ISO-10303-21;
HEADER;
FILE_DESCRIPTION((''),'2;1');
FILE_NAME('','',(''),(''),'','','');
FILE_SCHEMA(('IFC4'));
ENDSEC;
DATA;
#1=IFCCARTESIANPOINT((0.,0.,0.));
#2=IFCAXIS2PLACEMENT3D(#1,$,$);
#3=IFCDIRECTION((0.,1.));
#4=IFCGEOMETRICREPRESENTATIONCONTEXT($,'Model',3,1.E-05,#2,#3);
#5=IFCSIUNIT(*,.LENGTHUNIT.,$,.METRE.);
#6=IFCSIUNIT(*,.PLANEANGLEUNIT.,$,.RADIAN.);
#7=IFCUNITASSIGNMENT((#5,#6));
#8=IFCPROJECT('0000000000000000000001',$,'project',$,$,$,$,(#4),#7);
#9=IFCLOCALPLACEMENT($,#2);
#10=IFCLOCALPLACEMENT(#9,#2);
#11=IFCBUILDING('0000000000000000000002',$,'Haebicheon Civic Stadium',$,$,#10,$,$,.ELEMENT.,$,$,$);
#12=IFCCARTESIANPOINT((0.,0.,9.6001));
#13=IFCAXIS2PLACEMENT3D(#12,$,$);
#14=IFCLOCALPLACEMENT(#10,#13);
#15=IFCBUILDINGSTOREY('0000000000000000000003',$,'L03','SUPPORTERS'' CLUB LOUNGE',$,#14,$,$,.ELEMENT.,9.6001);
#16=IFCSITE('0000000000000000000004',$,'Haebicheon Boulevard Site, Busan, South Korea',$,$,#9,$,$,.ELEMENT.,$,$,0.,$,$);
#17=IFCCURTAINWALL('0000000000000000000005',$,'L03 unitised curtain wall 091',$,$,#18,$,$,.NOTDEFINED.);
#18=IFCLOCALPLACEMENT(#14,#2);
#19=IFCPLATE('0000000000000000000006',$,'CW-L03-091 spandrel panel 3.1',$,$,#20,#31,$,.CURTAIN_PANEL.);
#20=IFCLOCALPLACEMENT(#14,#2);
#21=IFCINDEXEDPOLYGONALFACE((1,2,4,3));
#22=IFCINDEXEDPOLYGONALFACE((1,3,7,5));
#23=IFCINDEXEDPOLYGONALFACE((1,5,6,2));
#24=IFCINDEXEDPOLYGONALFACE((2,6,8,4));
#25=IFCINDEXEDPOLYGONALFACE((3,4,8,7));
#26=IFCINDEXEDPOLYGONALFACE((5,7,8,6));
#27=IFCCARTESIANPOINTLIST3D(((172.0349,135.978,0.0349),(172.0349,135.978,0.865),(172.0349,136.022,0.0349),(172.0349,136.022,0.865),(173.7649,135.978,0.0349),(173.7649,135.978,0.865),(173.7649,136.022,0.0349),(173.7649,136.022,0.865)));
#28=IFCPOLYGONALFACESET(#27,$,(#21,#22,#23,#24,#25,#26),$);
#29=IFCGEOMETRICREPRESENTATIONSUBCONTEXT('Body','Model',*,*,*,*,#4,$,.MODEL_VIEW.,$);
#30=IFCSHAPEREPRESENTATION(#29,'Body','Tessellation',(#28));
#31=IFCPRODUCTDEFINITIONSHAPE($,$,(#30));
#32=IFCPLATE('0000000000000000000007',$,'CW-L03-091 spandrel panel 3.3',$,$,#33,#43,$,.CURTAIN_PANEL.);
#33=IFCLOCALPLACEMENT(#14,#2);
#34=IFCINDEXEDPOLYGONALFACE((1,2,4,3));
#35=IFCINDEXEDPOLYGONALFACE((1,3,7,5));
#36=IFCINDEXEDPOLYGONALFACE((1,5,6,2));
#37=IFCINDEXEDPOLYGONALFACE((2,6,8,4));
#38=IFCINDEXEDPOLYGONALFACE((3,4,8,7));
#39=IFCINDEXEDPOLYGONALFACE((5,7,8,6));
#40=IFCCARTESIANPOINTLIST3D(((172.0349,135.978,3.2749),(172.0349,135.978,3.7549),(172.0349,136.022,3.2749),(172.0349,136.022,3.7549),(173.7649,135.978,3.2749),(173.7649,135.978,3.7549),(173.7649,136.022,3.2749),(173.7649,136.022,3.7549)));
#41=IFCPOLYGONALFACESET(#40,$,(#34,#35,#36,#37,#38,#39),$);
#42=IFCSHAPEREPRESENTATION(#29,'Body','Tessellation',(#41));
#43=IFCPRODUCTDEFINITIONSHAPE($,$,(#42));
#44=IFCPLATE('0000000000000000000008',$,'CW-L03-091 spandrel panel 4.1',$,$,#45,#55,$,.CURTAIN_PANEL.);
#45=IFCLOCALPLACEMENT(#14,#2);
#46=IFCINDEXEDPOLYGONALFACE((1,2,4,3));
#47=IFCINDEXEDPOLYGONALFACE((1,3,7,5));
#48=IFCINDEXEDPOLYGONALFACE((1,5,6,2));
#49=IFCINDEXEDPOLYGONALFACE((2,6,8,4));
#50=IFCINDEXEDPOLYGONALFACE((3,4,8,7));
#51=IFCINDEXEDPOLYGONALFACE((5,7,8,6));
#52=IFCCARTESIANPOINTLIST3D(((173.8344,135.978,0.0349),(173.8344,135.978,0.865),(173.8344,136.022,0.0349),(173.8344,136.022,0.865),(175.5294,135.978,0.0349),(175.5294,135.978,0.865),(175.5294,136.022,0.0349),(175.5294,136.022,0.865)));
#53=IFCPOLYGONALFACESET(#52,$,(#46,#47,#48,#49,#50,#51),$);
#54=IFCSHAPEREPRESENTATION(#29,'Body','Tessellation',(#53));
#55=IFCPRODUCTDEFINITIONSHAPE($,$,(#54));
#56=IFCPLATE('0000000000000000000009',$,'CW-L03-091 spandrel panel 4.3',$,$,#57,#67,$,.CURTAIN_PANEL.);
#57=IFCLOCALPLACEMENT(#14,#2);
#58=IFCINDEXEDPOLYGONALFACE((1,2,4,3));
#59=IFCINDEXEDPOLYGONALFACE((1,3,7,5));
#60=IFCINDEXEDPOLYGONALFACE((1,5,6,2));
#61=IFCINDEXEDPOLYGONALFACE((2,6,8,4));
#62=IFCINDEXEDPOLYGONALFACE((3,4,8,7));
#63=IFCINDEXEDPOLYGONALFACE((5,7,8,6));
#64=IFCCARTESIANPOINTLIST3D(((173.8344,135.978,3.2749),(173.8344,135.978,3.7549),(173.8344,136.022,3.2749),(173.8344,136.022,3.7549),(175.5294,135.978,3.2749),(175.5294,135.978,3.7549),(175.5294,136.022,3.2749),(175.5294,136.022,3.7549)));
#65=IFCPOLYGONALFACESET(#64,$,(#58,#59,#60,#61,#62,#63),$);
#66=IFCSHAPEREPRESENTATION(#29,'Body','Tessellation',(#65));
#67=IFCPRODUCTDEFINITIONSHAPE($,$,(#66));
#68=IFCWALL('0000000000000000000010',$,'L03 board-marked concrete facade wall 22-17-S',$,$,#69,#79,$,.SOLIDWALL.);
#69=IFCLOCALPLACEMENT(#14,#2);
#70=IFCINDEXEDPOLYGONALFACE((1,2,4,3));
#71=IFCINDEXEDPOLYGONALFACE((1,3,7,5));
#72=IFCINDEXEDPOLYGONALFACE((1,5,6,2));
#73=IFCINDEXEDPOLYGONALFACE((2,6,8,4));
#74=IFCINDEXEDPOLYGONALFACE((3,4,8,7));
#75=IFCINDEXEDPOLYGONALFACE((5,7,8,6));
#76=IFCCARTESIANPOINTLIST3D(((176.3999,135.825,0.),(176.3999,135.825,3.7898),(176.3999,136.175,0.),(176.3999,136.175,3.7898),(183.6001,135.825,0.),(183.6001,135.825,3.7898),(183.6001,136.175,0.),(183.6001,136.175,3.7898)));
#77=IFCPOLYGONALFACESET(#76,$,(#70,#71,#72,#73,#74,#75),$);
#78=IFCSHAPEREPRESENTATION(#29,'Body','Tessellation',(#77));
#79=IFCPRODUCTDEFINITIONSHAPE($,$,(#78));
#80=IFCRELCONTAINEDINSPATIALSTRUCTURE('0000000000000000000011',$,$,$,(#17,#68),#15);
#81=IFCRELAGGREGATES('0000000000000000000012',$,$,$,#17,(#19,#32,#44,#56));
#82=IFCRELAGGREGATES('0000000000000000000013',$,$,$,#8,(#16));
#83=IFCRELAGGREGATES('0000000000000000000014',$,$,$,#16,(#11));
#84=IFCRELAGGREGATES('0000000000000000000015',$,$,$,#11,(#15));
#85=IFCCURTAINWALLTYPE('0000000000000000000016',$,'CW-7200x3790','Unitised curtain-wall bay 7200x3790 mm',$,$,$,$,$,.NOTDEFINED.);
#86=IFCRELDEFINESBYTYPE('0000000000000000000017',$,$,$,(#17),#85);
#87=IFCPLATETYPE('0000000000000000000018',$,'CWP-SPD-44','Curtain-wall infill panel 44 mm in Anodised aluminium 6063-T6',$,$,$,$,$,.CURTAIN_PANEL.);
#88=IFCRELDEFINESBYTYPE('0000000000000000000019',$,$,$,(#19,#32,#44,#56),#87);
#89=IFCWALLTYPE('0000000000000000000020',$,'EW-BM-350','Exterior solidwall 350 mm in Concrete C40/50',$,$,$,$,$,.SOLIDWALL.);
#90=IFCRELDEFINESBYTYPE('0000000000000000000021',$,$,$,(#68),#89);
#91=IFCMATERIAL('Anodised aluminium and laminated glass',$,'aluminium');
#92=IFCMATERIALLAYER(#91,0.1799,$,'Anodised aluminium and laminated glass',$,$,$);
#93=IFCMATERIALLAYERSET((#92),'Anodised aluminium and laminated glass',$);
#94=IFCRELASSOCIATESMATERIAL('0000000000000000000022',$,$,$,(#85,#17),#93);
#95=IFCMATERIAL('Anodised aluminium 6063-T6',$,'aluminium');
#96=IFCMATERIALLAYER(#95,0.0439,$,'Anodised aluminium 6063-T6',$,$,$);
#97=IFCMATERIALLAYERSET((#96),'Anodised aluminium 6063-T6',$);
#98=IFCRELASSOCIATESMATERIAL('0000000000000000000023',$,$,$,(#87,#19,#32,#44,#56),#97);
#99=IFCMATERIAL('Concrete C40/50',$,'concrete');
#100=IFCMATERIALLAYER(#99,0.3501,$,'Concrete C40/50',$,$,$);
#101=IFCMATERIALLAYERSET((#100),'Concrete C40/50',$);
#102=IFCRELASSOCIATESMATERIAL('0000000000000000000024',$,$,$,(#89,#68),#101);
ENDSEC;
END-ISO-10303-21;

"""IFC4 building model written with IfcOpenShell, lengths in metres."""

from ifc_helpers import new_model, si_unit, direction, frame, frame_2d, origin, origin_2d, place, context, subcontext, project, spatial, rectangle, extrude, material, layer, layer_set, type_object, element, aggregate, save


model = new_model("IFC4")

# Units and contexts
model_context = context("Model", 3, precision=1e-05, world=origin(), true_north=direction((0.0, 1.0)))
body_context = subcontext(model_context, "Body", "Model", "MODEL_VIEW")
ifc_project = project(units=[si_unit("LENGTHUNIT", "METRE"), si_unit("PLANEANGLEUNIT", "RADIAN")], contexts=[model_context])

# Site, building, storey
site_placement = place(None, origin())
site = spatial("IfcSite", under=ifc_project, at=site_placement, Name="Haebicheon Boulevard Site, Busan, South Korea", CompositionType="ELEMENT", RefElevation=0.0)
building_placement = place(site_placement, origin())
building = spatial("IfcBuilding", under=site, at=building_placement, Name="Haebicheon Civic Stadium", CompositionType="ELEMENT")
storey_placement = place(building_placement, frame((0.0, 0.0, 9.6001)))
storey = spatial("IfcBuildingStorey", under=building, at=storey_placement, Name="L03", Description="SUPPORTERS' CLUB LOUNGE", CompositionType="ELEMENT", Elevation=9.6001)

# Curtain wall
ifc_material_1 = material(Name="Anodised aluminium and laminated glass", Category="aluminium")
ifc_layer_1 = layer(ifc_material_1, 0.1799, Name="Anodised aluminium and laminated glass")
ifc_layer_set_1 = layer_set([ifc_layer_1], Name="Anodised aluminium and laminated glass")
curtain_wall_type = type_object("IfcCurtainWallType", Name="CW-7200x3790", Description="Unitised curtain-wall bay 7200x3790 mm", PredefinedType="NOTDEFINED", material=ifc_layer_set_1)
curtain_wall_placement = place(storey_placement, origin())
curtain_wall = element("IfcCurtainWall", 1, at=curtain_wall_placement, inside=storey, type_object=curtain_wall_type, material=ifc_layer_set_1, Name="L03 unitised curtain wall 091", PredefinedType="NOTDEFINED")

# Plates
ifc_material_2 = material(Name="Anodised aluminium 6063-T6", Category="aluminium")
ifc_layer_2 = layer(ifc_material_2, 0.0439, Name="Anodised aluminium 6063-T6")
ifc_layer_set_2 = layer_set([ifc_layer_2], Name="Anodised aluminium 6063-T6")
plate_type_1 = type_object("IfcPlateType", Name="CWP-SPD-44", Description="Curtain-wall infill panel 44 mm in Anodised aluminium 6063-T6", PredefinedType="CURTAIN_PANEL", material=ifc_layer_set_2)
plate_1_placement = place(storey_placement, frame((172.8999, 136.0, 0.0349), z_axis=(0.0, 0.0, 1.0), x_axis=(1.0, 0.0, 0.0)))
plate_1 = element("IfcPlate", 2, at=plate_1_placement, type_object=plate_type_1, material=ifc_layer_set_2, Name="CW-L03-091 spandrel panel 3.1", PredefinedType="CURTAIN_PANEL", context=body_context, shape_type="SweptSolid", body=[
    extrude(rectangle(XDim=1.73, YDim=0.0439, at=origin_2d()), origin(), (0.0, 0.0, 1.0), 0.8301),
])
plate_2_placement = place(storey_placement, frame((172.8999, 136.0, 3.2749), z_axis=(0.0, 0.0, 1.0), x_axis=(1.0, 0.0, 0.0)))
plate_2 = element("IfcPlate", 3, at=plate_2_placement, type_object=plate_type_1, material=ifc_layer_set_2, Name="CW-L03-091 spandrel panel 3.3", PredefinedType="CURTAIN_PANEL", context=body_context, shape_type="SweptSolid", body=[
    extrude(rectangle(XDim=1.73, YDim=0.0439, at=origin_2d()), origin(), (0.0, 0.0, 1.0), 0.48),
])
plate_3_placement = place(storey_placement, frame((174.6819, 136.0, 0.0349), z_axis=(0.0, 0.0, 1.0), x_axis=(1.0, 0.0, 0.0)))
plate_3 = element("IfcPlate", 4, at=plate_3_placement, type_object=plate_type_1, material=ifc_layer_set_2, Name="CW-L03-091 spandrel panel 4.1", PredefinedType="CURTAIN_PANEL", context=body_context, shape_type="SweptSolid", body=[
    extrude(rectangle(XDim=1.6951, YDim=0.0439, at=origin_2d()), origin(), (0.0, 0.0, 1.0), 0.8301),
])
plate_4_placement = place(storey_placement, frame((174.6819, 136.0, 3.2749), z_axis=(0.0, 0.0, 1.0), x_axis=(1.0, 0.0, 0.0)))
plate_4 = element("IfcPlate", 5, at=plate_4_placement, type_object=plate_type_1, material=ifc_layer_set_2, Name="CW-L03-091 spandrel panel 4.3", PredefinedType="CURTAIN_PANEL", context=body_context, shape_type="SweptSolid", body=[
    extrude(rectangle(XDim=1.6951, YDim=0.0439, at=origin_2d()), origin(), (0.0, 0.0, 1.0), 0.48),
])
aggregate(curtain_wall, [plate_1, plate_2, plate_3, plate_4])

# Wall
ifc_material_3 = material(Name="Concrete C40/50", Category="concrete")
ifc_layer_3 = layer(ifc_material_3, 0.3501, Name="Concrete C40/50")
ifc_layer_set_3 = layer_set([ifc_layer_3], Name="Concrete C40/50")
wall_type = type_object("IfcWallType", Name="EW-BM-350", Description="Exterior solidwall 350 mm in Concrete C40/50", PredefinedType="SOLIDWALL", material=ifc_layer_set_3)
wall_placement = place(storey_placement, frame((176.3999, 136.0, 0.0), z_axis=(0.0, 0.0, 1.0), x_axis=(1.0, 0.0, 0.0)))
element("IfcWall", 6, at=wall_placement, inside=storey, type_object=wall_type, material=ifc_layer_set_3, Name="L03 board-marked concrete facade wall 22-17-S", PredefinedType="SOLIDWALL", context=body_context, shape_type="SweptSolid", body=[
    extrude(rectangle(XDim=7.2002, YDim=0.3501, at=frame_2d((3.6001, 0.0))), origin(), (0.0, 0.0, 1.0), 3.7898),
])

save(model, "model.ifc")
